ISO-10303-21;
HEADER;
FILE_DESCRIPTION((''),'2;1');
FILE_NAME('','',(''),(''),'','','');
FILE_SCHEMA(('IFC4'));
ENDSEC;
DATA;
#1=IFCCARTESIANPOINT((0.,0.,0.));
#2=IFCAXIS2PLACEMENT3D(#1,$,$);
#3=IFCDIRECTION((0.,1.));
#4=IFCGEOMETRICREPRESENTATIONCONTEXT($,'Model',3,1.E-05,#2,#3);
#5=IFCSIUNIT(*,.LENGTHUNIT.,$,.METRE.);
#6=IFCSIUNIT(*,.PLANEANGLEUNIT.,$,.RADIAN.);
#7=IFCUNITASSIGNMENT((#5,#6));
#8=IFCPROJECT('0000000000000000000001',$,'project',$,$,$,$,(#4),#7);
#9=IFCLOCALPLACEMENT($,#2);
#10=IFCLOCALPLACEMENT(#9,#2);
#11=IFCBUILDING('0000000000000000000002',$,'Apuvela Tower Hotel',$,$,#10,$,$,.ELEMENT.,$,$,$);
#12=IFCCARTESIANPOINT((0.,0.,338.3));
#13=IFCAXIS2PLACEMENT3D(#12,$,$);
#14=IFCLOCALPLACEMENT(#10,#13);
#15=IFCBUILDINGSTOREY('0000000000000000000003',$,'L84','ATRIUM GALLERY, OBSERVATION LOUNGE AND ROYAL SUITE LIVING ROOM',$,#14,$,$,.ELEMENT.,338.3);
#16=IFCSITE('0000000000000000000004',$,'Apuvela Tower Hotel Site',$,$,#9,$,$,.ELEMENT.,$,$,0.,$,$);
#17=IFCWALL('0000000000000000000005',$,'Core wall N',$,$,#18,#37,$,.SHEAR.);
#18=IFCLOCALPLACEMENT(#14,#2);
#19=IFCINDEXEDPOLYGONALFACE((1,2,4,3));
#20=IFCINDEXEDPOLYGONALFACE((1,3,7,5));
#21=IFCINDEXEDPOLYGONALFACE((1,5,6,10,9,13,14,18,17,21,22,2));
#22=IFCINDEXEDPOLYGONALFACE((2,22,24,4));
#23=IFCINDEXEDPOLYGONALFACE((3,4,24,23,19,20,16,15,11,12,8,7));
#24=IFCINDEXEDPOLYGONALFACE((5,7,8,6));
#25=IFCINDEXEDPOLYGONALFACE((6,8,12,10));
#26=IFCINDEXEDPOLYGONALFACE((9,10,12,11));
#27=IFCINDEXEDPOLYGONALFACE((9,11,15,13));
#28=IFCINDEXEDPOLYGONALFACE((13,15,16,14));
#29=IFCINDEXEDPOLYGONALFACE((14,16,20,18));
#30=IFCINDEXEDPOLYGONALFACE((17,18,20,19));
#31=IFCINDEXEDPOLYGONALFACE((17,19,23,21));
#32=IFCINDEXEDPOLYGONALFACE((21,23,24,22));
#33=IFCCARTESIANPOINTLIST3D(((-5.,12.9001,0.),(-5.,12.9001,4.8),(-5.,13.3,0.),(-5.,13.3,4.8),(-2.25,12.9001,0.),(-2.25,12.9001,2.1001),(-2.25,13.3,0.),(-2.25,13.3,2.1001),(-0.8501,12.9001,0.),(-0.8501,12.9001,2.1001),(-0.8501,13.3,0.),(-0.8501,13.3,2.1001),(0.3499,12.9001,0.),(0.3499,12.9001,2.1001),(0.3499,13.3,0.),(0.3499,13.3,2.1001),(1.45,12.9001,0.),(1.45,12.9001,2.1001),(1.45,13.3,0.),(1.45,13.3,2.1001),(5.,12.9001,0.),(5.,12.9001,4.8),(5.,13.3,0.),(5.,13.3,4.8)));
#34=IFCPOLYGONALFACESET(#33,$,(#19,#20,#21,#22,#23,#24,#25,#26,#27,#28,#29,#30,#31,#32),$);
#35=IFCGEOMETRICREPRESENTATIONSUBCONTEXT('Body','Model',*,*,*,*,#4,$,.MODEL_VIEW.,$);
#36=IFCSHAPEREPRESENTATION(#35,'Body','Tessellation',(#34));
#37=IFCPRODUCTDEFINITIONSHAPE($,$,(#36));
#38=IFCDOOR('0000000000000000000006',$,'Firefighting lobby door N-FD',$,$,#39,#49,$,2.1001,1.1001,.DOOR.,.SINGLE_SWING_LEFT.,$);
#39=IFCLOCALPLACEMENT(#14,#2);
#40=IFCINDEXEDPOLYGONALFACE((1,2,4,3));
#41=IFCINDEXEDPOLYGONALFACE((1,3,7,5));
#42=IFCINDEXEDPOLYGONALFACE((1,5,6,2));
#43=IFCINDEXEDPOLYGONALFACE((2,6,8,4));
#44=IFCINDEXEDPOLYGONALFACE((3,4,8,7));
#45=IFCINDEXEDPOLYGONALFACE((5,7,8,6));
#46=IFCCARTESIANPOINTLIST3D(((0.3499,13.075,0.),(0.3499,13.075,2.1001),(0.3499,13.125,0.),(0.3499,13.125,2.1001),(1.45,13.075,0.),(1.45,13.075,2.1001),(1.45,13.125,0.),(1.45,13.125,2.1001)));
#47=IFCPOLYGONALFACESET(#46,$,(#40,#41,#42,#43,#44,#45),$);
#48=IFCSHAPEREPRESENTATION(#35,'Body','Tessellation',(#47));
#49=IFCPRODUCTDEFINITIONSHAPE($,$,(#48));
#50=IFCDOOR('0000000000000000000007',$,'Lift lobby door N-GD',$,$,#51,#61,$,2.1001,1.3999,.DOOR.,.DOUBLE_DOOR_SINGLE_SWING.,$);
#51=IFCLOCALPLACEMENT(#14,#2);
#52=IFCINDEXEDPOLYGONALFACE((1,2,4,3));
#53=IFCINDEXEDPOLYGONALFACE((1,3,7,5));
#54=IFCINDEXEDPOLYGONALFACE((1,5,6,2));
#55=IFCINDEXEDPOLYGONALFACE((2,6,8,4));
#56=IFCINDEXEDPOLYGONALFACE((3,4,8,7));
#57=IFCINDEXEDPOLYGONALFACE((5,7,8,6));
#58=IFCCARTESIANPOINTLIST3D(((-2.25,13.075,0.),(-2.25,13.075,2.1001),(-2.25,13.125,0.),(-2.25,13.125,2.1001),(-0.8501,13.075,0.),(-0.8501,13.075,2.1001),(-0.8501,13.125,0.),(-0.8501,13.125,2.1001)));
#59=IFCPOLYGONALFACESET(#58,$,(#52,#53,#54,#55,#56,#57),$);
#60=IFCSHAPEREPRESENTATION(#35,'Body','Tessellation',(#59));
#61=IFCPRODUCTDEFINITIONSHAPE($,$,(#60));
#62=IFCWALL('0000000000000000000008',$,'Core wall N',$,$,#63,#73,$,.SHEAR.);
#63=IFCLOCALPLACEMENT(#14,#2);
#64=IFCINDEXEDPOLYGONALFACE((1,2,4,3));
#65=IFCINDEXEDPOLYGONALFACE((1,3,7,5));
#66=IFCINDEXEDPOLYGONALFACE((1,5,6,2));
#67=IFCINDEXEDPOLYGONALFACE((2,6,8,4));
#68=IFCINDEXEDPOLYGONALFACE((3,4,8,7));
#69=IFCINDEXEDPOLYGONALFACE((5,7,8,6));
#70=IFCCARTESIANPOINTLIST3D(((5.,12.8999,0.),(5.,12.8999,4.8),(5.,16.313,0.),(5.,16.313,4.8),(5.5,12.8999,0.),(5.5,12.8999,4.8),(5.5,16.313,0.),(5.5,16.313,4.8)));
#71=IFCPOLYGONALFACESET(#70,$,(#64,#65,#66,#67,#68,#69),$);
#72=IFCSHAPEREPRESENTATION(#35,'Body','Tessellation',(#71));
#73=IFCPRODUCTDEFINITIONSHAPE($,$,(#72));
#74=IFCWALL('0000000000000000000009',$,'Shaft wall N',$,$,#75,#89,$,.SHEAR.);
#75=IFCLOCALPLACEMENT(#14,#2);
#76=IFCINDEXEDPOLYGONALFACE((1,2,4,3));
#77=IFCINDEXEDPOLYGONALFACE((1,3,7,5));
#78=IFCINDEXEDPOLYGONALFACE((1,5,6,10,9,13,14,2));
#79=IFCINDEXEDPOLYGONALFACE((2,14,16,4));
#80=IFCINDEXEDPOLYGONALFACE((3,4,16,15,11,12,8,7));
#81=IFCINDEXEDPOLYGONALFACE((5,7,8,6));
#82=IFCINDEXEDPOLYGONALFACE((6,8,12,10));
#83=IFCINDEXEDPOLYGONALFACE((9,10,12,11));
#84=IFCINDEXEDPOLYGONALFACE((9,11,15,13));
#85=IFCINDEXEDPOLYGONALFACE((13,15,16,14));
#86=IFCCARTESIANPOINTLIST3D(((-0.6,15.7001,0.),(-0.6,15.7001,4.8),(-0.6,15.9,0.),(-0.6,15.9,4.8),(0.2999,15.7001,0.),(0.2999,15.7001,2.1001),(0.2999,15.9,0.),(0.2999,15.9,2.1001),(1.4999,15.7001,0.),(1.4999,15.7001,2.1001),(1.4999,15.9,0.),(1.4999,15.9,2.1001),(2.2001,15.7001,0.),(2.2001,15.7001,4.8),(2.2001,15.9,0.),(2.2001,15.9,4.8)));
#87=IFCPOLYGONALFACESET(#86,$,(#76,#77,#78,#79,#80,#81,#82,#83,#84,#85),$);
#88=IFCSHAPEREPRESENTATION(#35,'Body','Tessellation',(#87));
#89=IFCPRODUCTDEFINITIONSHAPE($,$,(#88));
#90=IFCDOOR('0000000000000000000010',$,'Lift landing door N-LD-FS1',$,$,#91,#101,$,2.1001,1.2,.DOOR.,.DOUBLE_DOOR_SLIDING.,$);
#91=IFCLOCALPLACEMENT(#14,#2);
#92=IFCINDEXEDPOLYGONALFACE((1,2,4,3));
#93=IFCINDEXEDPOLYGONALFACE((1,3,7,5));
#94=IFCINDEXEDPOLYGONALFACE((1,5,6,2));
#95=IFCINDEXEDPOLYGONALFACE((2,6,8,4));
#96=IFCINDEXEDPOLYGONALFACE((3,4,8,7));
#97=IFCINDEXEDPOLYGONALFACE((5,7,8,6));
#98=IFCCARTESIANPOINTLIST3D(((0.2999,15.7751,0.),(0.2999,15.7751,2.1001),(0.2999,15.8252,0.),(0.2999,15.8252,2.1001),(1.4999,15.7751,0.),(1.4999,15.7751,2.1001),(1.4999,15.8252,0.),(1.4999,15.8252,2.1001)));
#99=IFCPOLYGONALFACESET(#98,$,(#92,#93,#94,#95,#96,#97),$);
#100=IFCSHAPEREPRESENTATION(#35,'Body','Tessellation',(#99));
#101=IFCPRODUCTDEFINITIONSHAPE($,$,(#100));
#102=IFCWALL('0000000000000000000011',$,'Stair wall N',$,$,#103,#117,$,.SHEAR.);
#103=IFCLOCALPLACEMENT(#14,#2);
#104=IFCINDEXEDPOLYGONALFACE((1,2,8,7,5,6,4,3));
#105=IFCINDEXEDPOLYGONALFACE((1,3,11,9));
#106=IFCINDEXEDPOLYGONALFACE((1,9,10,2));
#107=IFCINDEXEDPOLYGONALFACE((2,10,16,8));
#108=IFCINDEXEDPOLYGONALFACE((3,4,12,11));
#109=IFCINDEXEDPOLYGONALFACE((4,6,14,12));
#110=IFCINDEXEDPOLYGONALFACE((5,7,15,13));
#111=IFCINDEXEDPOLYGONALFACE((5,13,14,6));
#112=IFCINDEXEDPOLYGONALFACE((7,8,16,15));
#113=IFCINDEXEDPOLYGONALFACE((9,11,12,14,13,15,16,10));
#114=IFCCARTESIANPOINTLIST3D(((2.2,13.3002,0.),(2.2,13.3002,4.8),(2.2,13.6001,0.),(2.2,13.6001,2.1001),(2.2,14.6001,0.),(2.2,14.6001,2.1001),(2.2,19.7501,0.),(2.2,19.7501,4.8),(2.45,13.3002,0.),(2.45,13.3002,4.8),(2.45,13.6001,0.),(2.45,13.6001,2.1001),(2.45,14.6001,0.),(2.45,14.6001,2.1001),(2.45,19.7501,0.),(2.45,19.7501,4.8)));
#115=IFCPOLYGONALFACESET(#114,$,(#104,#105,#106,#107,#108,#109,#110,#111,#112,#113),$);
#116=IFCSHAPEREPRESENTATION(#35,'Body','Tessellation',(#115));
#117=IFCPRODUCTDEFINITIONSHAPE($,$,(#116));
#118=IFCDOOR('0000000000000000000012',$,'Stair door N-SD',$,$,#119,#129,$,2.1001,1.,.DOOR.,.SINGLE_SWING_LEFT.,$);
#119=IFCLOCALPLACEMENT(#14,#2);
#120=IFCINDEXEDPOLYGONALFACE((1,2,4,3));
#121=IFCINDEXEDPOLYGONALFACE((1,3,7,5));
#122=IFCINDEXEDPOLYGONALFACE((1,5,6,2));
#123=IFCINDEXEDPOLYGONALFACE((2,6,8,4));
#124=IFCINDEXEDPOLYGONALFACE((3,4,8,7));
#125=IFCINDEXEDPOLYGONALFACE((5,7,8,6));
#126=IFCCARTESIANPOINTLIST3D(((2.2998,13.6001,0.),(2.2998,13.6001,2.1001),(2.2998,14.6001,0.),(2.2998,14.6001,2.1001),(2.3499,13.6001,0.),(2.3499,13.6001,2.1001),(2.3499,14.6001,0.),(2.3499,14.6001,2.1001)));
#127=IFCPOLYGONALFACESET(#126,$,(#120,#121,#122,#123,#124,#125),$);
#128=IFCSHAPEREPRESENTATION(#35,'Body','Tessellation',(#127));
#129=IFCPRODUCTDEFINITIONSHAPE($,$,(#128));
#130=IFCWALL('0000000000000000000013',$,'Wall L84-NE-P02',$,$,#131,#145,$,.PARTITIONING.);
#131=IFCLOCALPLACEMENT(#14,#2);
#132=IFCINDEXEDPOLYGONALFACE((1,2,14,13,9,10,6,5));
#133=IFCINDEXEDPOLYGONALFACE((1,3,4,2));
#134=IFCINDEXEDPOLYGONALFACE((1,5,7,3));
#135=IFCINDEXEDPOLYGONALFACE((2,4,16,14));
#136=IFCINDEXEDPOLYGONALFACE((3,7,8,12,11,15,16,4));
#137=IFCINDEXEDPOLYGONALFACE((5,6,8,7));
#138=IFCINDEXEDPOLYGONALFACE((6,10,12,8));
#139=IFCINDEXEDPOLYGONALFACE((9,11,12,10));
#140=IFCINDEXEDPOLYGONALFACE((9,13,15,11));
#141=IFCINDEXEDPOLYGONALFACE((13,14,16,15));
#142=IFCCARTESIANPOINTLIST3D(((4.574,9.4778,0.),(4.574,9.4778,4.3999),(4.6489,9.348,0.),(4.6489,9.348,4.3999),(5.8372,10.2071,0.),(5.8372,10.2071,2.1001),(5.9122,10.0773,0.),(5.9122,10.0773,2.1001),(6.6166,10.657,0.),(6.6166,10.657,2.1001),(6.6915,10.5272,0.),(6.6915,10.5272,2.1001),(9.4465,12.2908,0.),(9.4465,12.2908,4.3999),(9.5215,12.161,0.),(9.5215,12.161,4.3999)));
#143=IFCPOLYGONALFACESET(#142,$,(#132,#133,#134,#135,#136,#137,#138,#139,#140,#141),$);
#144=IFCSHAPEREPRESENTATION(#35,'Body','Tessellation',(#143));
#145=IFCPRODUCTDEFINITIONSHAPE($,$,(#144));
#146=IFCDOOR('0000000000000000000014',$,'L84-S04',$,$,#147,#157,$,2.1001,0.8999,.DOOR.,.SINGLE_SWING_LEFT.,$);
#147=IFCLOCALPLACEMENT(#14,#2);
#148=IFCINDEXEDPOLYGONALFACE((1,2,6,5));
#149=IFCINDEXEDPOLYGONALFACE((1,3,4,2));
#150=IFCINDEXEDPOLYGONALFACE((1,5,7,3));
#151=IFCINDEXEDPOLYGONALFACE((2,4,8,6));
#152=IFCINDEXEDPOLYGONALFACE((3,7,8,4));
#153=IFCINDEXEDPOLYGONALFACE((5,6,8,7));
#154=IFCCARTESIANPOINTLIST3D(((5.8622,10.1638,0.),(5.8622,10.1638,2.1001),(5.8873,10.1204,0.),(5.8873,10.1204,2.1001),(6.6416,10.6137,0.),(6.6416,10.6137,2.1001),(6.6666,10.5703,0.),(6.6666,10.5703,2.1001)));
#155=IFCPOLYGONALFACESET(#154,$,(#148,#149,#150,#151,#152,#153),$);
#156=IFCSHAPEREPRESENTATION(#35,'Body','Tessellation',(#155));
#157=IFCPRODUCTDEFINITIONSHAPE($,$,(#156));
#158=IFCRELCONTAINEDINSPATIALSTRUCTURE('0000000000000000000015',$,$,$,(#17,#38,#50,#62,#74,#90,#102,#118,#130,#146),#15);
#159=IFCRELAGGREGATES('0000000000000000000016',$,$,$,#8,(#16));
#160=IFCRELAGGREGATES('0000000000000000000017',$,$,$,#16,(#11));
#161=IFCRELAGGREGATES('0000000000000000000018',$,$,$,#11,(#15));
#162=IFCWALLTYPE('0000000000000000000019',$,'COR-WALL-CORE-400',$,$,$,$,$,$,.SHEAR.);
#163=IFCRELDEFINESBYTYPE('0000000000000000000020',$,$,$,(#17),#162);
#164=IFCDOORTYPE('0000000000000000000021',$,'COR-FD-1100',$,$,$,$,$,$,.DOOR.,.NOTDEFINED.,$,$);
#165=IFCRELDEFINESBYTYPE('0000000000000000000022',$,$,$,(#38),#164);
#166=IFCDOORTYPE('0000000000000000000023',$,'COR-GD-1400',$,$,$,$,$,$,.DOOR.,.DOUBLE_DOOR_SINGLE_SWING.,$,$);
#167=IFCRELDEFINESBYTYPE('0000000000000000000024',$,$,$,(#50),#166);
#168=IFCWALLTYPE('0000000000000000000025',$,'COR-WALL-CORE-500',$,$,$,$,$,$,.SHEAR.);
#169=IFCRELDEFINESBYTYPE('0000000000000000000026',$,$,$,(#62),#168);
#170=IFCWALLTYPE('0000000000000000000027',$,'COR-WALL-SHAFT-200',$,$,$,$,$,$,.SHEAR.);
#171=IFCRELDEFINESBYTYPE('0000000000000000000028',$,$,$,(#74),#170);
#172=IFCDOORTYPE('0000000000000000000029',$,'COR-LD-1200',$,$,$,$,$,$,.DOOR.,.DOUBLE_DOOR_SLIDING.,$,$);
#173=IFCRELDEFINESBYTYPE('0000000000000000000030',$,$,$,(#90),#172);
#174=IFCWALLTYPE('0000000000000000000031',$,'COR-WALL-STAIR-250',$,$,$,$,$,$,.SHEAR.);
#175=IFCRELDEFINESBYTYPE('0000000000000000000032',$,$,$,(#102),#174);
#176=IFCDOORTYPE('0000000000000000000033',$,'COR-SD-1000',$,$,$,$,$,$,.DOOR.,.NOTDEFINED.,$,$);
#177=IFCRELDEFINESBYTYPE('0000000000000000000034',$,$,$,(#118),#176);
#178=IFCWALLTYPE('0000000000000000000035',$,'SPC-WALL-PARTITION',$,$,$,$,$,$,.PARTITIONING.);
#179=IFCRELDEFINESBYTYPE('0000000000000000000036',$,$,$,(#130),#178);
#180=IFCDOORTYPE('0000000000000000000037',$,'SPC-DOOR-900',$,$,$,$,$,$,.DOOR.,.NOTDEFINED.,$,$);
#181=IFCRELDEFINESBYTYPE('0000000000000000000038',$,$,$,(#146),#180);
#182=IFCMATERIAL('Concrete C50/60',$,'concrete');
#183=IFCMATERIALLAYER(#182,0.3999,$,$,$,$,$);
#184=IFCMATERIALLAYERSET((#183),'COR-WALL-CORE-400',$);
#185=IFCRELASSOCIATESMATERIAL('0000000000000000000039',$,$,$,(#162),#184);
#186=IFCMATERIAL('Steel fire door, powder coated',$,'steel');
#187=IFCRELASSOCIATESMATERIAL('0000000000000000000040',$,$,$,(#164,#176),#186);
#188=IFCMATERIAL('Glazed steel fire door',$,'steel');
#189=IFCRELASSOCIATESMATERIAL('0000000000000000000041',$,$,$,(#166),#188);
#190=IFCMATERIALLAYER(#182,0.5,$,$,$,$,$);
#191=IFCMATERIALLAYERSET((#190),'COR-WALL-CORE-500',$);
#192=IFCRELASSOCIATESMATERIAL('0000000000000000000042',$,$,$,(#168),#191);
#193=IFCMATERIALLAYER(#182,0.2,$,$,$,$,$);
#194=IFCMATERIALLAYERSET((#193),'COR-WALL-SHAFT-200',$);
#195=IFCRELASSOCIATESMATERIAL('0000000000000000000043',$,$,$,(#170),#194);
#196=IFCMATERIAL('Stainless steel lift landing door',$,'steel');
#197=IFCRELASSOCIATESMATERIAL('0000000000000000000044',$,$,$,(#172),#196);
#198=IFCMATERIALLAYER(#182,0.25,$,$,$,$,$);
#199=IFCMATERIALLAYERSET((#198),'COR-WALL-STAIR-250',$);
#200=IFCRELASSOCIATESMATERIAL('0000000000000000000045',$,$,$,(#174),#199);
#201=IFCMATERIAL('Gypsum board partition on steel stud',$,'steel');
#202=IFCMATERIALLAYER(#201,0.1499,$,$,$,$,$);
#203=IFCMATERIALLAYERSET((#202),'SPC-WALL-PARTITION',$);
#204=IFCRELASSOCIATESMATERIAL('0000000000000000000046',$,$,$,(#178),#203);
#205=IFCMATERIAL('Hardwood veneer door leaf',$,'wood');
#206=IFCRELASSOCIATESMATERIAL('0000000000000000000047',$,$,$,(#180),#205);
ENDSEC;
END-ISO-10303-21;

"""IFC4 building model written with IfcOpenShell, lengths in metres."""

from ifc_helpers import new_model, si_unit, direction, frame, frame_2d, origin, place, context, subcontext, project, spatial, rectangle, extrude, material, layer, layer_set, type_object, element, fill, save


model = new_model("IFC4")

# Units and contexts
model_context = context("Model", 3, precision=1e-05, world=origin(), true_north=direction((0.0, 1.0)))
body_context = subcontext(model_context, "Body", "Model", "MODEL_VIEW")
ifc_project = project(units=[si_unit("LENGTHUNIT", "METRE"), si_unit("PLANEANGLEUNIT", "RADIAN")], contexts=[model_context])

# Site, building, storey
site_placement = place(None, origin())
site = spatial("IfcSite", under=ifc_project, at=site_placement, Name="Apuvela Tower Hotel Site", CompositionType="ELEMENT", RefElevation=0.0)
building_placement = place(site_placement, origin())
building = spatial("IfcBuilding", under=site, at=building_placement, Name="Apuvela Tower Hotel", CompositionType="ELEMENT")
storey_placement = place(building_placement, frame((0.0, 0.0, 338.3)))
storey = spatial("IfcBuildingStorey", under=building, at=storey_placement, Name="L84", Description="ATRIUM GALLERY, OBSERVATION LOUNGE AND ROYAL SUITE LIVING ROOM", CompositionType="ELEMENT", Elevation=338.3)

# Shared definitions
ifc_material_1 = material(Name="Concrete C50/60", Category="concrete")

# Wall, openings, doors
ifc_layer_1 = layer(ifc_material_1, 0.3999)
ifc_layer_set_1 = layer_set([ifc_layer_1], Name="COR-WALL-CORE-400")
wall_type_1 = type_object("IfcWallType", Name="COR-WALL-CORE-400", PredefinedType="SHEAR", material=ifc_layer_set_1)
wall_1_placement = place(storey_placement, frame((5.0, 13.1001, 0.0), z_axis=(0.0, 0.0, 1.0), x_axis=(-1.0, 0.0, 0.0)))
wall_1 = element("IfcWall", 1, at=wall_1_placement, inside=storey, type_object=wall_type_1, Name="Core wall N", PredefinedType="SHEAR", context=body_context, shape_type="SweptSolid", body=[
    extrude(rectangle(XDim=10.0, YDim=0.3999, at=frame_2d((5.0, 0.0))), origin(), (0.0, 0.0, 1.0), 4.8),
])
opening_1_placement = place(wall_1_placement, frame((3.55, 0.0, 0.0)))
opening_1 = element("IfcOpeningElement", 2, at=opening_1_placement, cuts=wall_1, PredefinedType="OPENING", context=body_context, shape_type="SweptSolid", body=[
    extrude(rectangle(XDim=1.1001, YDim=2.1001, at=frame_2d((0.55, 1.05))), frame((0.0, 0.21, 0.0), z_axis=(0.0, -1.0, 0.0), x_axis=(1.0, 0.0, 0.0)), (0.0, 0.0, 1.0), 0.4199),
])
opening_2_placement = place(wall_1_placement, frame((5.8501, 0.0, 0.0)))
opening_2 = element("IfcOpeningElement", 3, at=opening_2_placement, cuts=wall_1, PredefinedType="OPENING", context=body_context, shape_type="SweptSolid", body=[
    extrude(rectangle(XDim=1.3999, YDim=2.1001, at=frame_2d((0.7, 1.05))), frame((0.0, 0.21, 0.0), z_axis=(0.0, -1.0, 0.0), x_axis=(1.0, 0.0, 0.0)), (0.0, 0.0, 1.0), 0.4199),
])
ifc_material_2 = material(Name="Steel fire door, powder coated", Category="steel")
door_type_1 = type_object("IfcDoorType", Name="COR-FD-1100", OperationType="NOTDEFINED", PredefinedType="DOOR", material=ifc_material_2)
door_1_placement = place(opening_1_placement, frame((1.1001, 0.0, 0.0), z_axis=(0.0, 0.0, 1.0), x_axis=(-1.0, 0.0, 0.0)))
door_1 = element("IfcDoor", 4, at=door_1_placement, inside=storey, type_object=door_type_1, Name="Firefighting lobby door N-FD", OperationType="SINGLE_SWING_LEFT", OverallHeight=2.1001, OverallWidth=1.1001, PredefinedType="DOOR", context=body_context, shape_type="SweptSolid", body=[
    extrude(rectangle(XDim=1.1001, YDim=2.1001, at=frame_2d((0.55, 1.05))), frame((0.0, 0.0249, 0.0), z_axis=(0.0, -1.0, 0.0), x_axis=(1.0, 0.0, 0.0)), (0.0, 0.0, 1.0), 0.05),
])
fill(opening_1, door_1)
ifc_material_3 = material(Name="Glazed steel fire door", Category="steel")
door_type_2 = type_object("IfcDoorType", Name="COR-GD-1400", OperationType="DOUBLE_DOOR_SINGLE_SWING", PredefinedType="DOOR", material=ifc_material_3)
door_2_placement = place(opening_2_placement, frame((1.3999, 0.0, 0.0), z_axis=(0.0, 0.0, 1.0), x_axis=(-1.0, 0.0, 0.0)))
door_2 = element("IfcDoor", 5, at=door_2_placement, inside=storey, type_object=door_type_2, Name="Lift lobby door N-GD", OperationType="DOUBLE_DOOR_SINGLE_SWING", OverallHeight=2.1001, OverallWidth=1.3999, PredefinedType="DOOR", context=body_context, shape_type="SweptSolid", body=[
    extrude(rectangle(XDim=1.3999, YDim=2.1001, at=frame_2d((0.7, 1.05))), frame((0.0, 0.0249, 0.0), z_axis=(0.0, -1.0, 0.0), x_axis=(1.0, 0.0, 0.0)), (0.0, 0.0, 1.0), 0.05),
])
fill(opening_2, door_2)

# Wall
ifc_layer_2 = layer(ifc_material_1, 0.5)
ifc_layer_set_2 = layer_set([ifc_layer_2], Name="COR-WALL-CORE-500")
wall_type_2 = type_object("IfcWallType", Name="COR-WALL-CORE-500", PredefinedType="SHEAR", material=ifc_layer_set_2)
wall_2_placement = place(storey_placement, frame((5.25, 12.8999, 0.0), z_axis=(0.0, 0.0, 1.0), x_axis=(0.0, 1.0, 0.0)))
element("IfcWall", 6, at=wall_2_placement, inside=storey, type_object=wall_type_2, Name="Core wall N", PredefinedType="SHEAR", context=body_context, shape_type="SweptSolid", body=[
    extrude(rectangle(XDim=3.4131, YDim=0.5, at=frame_2d((1.7065, 0.0))), origin(), (0.0, 0.0, 1.0), 4.8),
])

# Walls, openings, doors
ifc_layer_3 = layer(ifc_material_1, 0.2)
ifc_layer_set_3 = layer_set([ifc_layer_3], Name="COR-WALL-SHAFT-200")
wall_type_3 = type_object("IfcWallType", Name="COR-WALL-SHAFT-200", PredefinedType="SHEAR", material=ifc_layer_set_3)
wall_3_placement = place(storey_placement, frame((2.2, 15.8, 0.0), z_axis=(0.0, 0.0, 1.0), x_axis=(-1.0, 0.0, 0.0)))
wall_3 = element("IfcWall", 7, at=wall_3_placement, inside=storey, type_object=wall_type_3, Name="Shaft wall N", PredefinedType="SHEAR", context=body_context, shape_type="SweptSolid", body=[
    extrude(rectangle(XDim=2.8, YDim=0.2, at=frame_2d((1.3999, 0.0))), origin(), (0.0, 0.0, 1.0), 4.8),
])
opening_3_placement = place(wall_3_placement, frame((0.7, 0.0, 0.0)))
opening_3 = element("IfcOpeningElement", 8, at=opening_3_placement, cuts=wall_3, PredefinedType="OPENING", context=body_context, shape_type="SweptSolid", body=[
    extrude(rectangle(XDim=1.2, YDim=2.1001, at=frame_2d((0.6001, 1.05))), frame((0.0, 0.1099, 0.0), z_axis=(0.0, -1.0, 0.0), x_axis=(1.0, 0.0, 0.0)), (0.0, 0.0, 1.0), 0.22),
])
ifc_material_4 = material(Name="Stainless steel lift landing door", Category="steel")
door_type_3 = type_object("IfcDoorType", Name="COR-LD-1200", OperationType="DOUBLE_DOOR_SLIDING", PredefinedType="DOOR", material=ifc_material_4)
door_3_placement = place(opening_3_placement, origin())
door_3 = element("IfcDoor", 9, at=door_3_placement, inside=storey, type_object=door_type_3, Name="Lift landing door N-LD-FS1", OperationType="DOUBLE_DOOR_SLIDING", OverallHeight=2.1001, OverallWidth=1.2, PredefinedType="DOOR", context=body_context, shape_type="SweptSolid", body=[
    extrude(rectangle(XDim=1.2, YDim=2.1001, at=frame_2d((0.6001, 1.05))), frame((0.0, 0.0249, 0.0), z_axis=(0.0, -1.0, 0.0), x_axis=(1.0, 0.0, 0.0)), (0.0, 0.0, 1.0), 0.05),
])
fill(opening_3, door_3)
ifc_layer_4 = layer(ifc_material_1, 0.25)
ifc_layer_set_4 = layer_set([ifc_layer_4], Name="COR-WALL-STAIR-250")
wall_type_4 = type_object("IfcWallType", Name="COR-WALL-STAIR-250", PredefinedType="SHEAR", material=ifc_layer_set_4)
wall_4_placement = place(storey_placement, frame((2.325, 13.3, 0.0), z_axis=(0.0, 0.0, 1.0), x_axis=(0.0, 1.0, 0.0)))
wall_4 = element("IfcWall", 10, at=wall_4_placement, inside=storey, type_object=wall_type_4, Name="Stair wall N", PredefinedType="SHEAR", context=body_context, shape_type="SweptSolid", body=[
    extrude(rectangle(XDim=6.45, YDim=0.25, at=frame_2d((3.2251, 0.0))), origin(), (0.0, 0.0, 1.0), 4.8),
])
opening_4_placement = place(wall_4_placement, frame((0.3, 0.0, 0.0)))
opening_4 = element("IfcOpeningElement", 11, at=opening_4_placement, cuts=wall_4, PredefinedType="OPENING", context=body_context, shape_type="SweptSolid", body=[
    extrude(rectangle(XDim=1.0, YDim=2.1001, at=frame_2d((0.5, 1.05))), frame((0.0, 0.135, 0.0), z_axis=(0.0, -1.0, 0.0), x_axis=(1.0, 0.0, 0.0)), (0.0, 0.0, 1.0), 0.27),
])
door_type_4 = type_object("IfcDoorType", Name="COR-SD-1000", OperationType="NOTDEFINED", PredefinedType="DOOR", material=ifc_material_2)
door_4_placement = place(opening_4_placement, frame((1.0, 0.0, 0.0), z_axis=(0.0, 0.0, 1.0), x_axis=(-1.0, 0.0, 0.0)))
door_4 = element("IfcDoor", 12, at=door_4_placement, inside=storey, type_object=door_type_4, Name="Stair door N-SD", OperationType="SINGLE_SWING_LEFT", OverallHeight=2.1001, OverallWidth=1.0, PredefinedType="DOOR", context=body_context, shape_type="SweptSolid", body=[
    extrude(rectangle(XDim=1.0, YDim=2.1001, at=frame_2d((0.5, 1.05))), frame((0.0, 0.0249, 0.0), z_axis=(0.0, -1.0, 0.0), x_axis=(1.0, 0.0, 0.0)), (0.0, 0.0, 1.0), 0.05),
])
fill(opening_4, door_4)
ifc_material_5 = material(Name="Gypsum board partition on steel stud", Category="steel")
ifc_layer_5 = layer(ifc_material_5, 0.1499)
ifc_layer_set_5 = layer_set([ifc_layer_5], Name="SPC-WALL-PARTITION")
wall_type_5 = type_object("IfcWallType", Name="SPC-WALL-PARTITION", PredefinedType="PARTITIONING", material=ifc_layer_set_5)
wall_5_placement = place(storey_placement, frame((9.4839, 12.2258, 0.0), z_axis=(0.0, 0.0, 1.0), x_axis=(-0.86604, -0.499975, 0.0)))
wall_5 = element("IfcWall", 13, at=wall_5_placement, inside=storey, type_object=wall_type_5, Name="Wall L84-NE-P02", PredefinedType="PARTITIONING", context=body_context, shape_type="SweptSolid", body=[
    extrude(rectangle(XDim=5.6262, YDim=0.1499, at=frame_2d((2.813, 0.0))), origin(), (0.0, 0.0, 1.0), 4.3999),
])
opening_5_placement = place(wall_5_placement, frame((3.2676, 0.0, 0.0)))
opening_5 = element("IfcOpeningElement", 14, at=opening_5_placement, cuts=wall_5, PredefinedType="OPENING", context=body_context, shape_type="SweptSolid", body=[
    extrude(rectangle(XDim=0.8999, YDim=2.1001, at=frame_2d((0.45, 1.05))), frame((0.0, 0.085, 0.0), z_axis=(0.0, -1.0, 0.0), x_axis=(1.0, 0.0, 0.0)), (0.0, 0.0, 1.0), 0.1699),
])
ifc_material_6 = material(Name="Hardwood veneer door leaf", Category="wood")
door_type_5 = type_object("IfcDoorType", Name="SPC-DOOR-900", OperationType="NOTDEFINED", PredefinedType="DOOR", material=ifc_material_6)
door_5_placement = place(opening_5_placement, frame((0.8999, 0.0, 0.0), z_axis=(0.0, 0.0, 1.0), x_axis=(-1.0, 0.0, 0.0)))
door_5 = element("IfcDoor", 15, at=door_5_placement, inside=storey, type_object=door_type_5, Name="L84-S04", OperationType="SINGLE_SWING_LEFT", OverallHeight=2.1001, OverallWidth=0.8999, PredefinedType="DOOR", context=body_context, shape_type="SweptSolid", body=[
    extrude(rectangle(XDim=0.8999, YDim=2.1001, at=frame_2d((0.45, 1.05))), frame((0.0, 0.0249, 0.0), z_axis=(0.0, -1.0, 0.0), x_axis=(1.0, 0.0, 0.0)), (0.0, 0.0, 1.0), 0.05),
])
fill(opening_5, door_5)

save(model, "model.ifc")
